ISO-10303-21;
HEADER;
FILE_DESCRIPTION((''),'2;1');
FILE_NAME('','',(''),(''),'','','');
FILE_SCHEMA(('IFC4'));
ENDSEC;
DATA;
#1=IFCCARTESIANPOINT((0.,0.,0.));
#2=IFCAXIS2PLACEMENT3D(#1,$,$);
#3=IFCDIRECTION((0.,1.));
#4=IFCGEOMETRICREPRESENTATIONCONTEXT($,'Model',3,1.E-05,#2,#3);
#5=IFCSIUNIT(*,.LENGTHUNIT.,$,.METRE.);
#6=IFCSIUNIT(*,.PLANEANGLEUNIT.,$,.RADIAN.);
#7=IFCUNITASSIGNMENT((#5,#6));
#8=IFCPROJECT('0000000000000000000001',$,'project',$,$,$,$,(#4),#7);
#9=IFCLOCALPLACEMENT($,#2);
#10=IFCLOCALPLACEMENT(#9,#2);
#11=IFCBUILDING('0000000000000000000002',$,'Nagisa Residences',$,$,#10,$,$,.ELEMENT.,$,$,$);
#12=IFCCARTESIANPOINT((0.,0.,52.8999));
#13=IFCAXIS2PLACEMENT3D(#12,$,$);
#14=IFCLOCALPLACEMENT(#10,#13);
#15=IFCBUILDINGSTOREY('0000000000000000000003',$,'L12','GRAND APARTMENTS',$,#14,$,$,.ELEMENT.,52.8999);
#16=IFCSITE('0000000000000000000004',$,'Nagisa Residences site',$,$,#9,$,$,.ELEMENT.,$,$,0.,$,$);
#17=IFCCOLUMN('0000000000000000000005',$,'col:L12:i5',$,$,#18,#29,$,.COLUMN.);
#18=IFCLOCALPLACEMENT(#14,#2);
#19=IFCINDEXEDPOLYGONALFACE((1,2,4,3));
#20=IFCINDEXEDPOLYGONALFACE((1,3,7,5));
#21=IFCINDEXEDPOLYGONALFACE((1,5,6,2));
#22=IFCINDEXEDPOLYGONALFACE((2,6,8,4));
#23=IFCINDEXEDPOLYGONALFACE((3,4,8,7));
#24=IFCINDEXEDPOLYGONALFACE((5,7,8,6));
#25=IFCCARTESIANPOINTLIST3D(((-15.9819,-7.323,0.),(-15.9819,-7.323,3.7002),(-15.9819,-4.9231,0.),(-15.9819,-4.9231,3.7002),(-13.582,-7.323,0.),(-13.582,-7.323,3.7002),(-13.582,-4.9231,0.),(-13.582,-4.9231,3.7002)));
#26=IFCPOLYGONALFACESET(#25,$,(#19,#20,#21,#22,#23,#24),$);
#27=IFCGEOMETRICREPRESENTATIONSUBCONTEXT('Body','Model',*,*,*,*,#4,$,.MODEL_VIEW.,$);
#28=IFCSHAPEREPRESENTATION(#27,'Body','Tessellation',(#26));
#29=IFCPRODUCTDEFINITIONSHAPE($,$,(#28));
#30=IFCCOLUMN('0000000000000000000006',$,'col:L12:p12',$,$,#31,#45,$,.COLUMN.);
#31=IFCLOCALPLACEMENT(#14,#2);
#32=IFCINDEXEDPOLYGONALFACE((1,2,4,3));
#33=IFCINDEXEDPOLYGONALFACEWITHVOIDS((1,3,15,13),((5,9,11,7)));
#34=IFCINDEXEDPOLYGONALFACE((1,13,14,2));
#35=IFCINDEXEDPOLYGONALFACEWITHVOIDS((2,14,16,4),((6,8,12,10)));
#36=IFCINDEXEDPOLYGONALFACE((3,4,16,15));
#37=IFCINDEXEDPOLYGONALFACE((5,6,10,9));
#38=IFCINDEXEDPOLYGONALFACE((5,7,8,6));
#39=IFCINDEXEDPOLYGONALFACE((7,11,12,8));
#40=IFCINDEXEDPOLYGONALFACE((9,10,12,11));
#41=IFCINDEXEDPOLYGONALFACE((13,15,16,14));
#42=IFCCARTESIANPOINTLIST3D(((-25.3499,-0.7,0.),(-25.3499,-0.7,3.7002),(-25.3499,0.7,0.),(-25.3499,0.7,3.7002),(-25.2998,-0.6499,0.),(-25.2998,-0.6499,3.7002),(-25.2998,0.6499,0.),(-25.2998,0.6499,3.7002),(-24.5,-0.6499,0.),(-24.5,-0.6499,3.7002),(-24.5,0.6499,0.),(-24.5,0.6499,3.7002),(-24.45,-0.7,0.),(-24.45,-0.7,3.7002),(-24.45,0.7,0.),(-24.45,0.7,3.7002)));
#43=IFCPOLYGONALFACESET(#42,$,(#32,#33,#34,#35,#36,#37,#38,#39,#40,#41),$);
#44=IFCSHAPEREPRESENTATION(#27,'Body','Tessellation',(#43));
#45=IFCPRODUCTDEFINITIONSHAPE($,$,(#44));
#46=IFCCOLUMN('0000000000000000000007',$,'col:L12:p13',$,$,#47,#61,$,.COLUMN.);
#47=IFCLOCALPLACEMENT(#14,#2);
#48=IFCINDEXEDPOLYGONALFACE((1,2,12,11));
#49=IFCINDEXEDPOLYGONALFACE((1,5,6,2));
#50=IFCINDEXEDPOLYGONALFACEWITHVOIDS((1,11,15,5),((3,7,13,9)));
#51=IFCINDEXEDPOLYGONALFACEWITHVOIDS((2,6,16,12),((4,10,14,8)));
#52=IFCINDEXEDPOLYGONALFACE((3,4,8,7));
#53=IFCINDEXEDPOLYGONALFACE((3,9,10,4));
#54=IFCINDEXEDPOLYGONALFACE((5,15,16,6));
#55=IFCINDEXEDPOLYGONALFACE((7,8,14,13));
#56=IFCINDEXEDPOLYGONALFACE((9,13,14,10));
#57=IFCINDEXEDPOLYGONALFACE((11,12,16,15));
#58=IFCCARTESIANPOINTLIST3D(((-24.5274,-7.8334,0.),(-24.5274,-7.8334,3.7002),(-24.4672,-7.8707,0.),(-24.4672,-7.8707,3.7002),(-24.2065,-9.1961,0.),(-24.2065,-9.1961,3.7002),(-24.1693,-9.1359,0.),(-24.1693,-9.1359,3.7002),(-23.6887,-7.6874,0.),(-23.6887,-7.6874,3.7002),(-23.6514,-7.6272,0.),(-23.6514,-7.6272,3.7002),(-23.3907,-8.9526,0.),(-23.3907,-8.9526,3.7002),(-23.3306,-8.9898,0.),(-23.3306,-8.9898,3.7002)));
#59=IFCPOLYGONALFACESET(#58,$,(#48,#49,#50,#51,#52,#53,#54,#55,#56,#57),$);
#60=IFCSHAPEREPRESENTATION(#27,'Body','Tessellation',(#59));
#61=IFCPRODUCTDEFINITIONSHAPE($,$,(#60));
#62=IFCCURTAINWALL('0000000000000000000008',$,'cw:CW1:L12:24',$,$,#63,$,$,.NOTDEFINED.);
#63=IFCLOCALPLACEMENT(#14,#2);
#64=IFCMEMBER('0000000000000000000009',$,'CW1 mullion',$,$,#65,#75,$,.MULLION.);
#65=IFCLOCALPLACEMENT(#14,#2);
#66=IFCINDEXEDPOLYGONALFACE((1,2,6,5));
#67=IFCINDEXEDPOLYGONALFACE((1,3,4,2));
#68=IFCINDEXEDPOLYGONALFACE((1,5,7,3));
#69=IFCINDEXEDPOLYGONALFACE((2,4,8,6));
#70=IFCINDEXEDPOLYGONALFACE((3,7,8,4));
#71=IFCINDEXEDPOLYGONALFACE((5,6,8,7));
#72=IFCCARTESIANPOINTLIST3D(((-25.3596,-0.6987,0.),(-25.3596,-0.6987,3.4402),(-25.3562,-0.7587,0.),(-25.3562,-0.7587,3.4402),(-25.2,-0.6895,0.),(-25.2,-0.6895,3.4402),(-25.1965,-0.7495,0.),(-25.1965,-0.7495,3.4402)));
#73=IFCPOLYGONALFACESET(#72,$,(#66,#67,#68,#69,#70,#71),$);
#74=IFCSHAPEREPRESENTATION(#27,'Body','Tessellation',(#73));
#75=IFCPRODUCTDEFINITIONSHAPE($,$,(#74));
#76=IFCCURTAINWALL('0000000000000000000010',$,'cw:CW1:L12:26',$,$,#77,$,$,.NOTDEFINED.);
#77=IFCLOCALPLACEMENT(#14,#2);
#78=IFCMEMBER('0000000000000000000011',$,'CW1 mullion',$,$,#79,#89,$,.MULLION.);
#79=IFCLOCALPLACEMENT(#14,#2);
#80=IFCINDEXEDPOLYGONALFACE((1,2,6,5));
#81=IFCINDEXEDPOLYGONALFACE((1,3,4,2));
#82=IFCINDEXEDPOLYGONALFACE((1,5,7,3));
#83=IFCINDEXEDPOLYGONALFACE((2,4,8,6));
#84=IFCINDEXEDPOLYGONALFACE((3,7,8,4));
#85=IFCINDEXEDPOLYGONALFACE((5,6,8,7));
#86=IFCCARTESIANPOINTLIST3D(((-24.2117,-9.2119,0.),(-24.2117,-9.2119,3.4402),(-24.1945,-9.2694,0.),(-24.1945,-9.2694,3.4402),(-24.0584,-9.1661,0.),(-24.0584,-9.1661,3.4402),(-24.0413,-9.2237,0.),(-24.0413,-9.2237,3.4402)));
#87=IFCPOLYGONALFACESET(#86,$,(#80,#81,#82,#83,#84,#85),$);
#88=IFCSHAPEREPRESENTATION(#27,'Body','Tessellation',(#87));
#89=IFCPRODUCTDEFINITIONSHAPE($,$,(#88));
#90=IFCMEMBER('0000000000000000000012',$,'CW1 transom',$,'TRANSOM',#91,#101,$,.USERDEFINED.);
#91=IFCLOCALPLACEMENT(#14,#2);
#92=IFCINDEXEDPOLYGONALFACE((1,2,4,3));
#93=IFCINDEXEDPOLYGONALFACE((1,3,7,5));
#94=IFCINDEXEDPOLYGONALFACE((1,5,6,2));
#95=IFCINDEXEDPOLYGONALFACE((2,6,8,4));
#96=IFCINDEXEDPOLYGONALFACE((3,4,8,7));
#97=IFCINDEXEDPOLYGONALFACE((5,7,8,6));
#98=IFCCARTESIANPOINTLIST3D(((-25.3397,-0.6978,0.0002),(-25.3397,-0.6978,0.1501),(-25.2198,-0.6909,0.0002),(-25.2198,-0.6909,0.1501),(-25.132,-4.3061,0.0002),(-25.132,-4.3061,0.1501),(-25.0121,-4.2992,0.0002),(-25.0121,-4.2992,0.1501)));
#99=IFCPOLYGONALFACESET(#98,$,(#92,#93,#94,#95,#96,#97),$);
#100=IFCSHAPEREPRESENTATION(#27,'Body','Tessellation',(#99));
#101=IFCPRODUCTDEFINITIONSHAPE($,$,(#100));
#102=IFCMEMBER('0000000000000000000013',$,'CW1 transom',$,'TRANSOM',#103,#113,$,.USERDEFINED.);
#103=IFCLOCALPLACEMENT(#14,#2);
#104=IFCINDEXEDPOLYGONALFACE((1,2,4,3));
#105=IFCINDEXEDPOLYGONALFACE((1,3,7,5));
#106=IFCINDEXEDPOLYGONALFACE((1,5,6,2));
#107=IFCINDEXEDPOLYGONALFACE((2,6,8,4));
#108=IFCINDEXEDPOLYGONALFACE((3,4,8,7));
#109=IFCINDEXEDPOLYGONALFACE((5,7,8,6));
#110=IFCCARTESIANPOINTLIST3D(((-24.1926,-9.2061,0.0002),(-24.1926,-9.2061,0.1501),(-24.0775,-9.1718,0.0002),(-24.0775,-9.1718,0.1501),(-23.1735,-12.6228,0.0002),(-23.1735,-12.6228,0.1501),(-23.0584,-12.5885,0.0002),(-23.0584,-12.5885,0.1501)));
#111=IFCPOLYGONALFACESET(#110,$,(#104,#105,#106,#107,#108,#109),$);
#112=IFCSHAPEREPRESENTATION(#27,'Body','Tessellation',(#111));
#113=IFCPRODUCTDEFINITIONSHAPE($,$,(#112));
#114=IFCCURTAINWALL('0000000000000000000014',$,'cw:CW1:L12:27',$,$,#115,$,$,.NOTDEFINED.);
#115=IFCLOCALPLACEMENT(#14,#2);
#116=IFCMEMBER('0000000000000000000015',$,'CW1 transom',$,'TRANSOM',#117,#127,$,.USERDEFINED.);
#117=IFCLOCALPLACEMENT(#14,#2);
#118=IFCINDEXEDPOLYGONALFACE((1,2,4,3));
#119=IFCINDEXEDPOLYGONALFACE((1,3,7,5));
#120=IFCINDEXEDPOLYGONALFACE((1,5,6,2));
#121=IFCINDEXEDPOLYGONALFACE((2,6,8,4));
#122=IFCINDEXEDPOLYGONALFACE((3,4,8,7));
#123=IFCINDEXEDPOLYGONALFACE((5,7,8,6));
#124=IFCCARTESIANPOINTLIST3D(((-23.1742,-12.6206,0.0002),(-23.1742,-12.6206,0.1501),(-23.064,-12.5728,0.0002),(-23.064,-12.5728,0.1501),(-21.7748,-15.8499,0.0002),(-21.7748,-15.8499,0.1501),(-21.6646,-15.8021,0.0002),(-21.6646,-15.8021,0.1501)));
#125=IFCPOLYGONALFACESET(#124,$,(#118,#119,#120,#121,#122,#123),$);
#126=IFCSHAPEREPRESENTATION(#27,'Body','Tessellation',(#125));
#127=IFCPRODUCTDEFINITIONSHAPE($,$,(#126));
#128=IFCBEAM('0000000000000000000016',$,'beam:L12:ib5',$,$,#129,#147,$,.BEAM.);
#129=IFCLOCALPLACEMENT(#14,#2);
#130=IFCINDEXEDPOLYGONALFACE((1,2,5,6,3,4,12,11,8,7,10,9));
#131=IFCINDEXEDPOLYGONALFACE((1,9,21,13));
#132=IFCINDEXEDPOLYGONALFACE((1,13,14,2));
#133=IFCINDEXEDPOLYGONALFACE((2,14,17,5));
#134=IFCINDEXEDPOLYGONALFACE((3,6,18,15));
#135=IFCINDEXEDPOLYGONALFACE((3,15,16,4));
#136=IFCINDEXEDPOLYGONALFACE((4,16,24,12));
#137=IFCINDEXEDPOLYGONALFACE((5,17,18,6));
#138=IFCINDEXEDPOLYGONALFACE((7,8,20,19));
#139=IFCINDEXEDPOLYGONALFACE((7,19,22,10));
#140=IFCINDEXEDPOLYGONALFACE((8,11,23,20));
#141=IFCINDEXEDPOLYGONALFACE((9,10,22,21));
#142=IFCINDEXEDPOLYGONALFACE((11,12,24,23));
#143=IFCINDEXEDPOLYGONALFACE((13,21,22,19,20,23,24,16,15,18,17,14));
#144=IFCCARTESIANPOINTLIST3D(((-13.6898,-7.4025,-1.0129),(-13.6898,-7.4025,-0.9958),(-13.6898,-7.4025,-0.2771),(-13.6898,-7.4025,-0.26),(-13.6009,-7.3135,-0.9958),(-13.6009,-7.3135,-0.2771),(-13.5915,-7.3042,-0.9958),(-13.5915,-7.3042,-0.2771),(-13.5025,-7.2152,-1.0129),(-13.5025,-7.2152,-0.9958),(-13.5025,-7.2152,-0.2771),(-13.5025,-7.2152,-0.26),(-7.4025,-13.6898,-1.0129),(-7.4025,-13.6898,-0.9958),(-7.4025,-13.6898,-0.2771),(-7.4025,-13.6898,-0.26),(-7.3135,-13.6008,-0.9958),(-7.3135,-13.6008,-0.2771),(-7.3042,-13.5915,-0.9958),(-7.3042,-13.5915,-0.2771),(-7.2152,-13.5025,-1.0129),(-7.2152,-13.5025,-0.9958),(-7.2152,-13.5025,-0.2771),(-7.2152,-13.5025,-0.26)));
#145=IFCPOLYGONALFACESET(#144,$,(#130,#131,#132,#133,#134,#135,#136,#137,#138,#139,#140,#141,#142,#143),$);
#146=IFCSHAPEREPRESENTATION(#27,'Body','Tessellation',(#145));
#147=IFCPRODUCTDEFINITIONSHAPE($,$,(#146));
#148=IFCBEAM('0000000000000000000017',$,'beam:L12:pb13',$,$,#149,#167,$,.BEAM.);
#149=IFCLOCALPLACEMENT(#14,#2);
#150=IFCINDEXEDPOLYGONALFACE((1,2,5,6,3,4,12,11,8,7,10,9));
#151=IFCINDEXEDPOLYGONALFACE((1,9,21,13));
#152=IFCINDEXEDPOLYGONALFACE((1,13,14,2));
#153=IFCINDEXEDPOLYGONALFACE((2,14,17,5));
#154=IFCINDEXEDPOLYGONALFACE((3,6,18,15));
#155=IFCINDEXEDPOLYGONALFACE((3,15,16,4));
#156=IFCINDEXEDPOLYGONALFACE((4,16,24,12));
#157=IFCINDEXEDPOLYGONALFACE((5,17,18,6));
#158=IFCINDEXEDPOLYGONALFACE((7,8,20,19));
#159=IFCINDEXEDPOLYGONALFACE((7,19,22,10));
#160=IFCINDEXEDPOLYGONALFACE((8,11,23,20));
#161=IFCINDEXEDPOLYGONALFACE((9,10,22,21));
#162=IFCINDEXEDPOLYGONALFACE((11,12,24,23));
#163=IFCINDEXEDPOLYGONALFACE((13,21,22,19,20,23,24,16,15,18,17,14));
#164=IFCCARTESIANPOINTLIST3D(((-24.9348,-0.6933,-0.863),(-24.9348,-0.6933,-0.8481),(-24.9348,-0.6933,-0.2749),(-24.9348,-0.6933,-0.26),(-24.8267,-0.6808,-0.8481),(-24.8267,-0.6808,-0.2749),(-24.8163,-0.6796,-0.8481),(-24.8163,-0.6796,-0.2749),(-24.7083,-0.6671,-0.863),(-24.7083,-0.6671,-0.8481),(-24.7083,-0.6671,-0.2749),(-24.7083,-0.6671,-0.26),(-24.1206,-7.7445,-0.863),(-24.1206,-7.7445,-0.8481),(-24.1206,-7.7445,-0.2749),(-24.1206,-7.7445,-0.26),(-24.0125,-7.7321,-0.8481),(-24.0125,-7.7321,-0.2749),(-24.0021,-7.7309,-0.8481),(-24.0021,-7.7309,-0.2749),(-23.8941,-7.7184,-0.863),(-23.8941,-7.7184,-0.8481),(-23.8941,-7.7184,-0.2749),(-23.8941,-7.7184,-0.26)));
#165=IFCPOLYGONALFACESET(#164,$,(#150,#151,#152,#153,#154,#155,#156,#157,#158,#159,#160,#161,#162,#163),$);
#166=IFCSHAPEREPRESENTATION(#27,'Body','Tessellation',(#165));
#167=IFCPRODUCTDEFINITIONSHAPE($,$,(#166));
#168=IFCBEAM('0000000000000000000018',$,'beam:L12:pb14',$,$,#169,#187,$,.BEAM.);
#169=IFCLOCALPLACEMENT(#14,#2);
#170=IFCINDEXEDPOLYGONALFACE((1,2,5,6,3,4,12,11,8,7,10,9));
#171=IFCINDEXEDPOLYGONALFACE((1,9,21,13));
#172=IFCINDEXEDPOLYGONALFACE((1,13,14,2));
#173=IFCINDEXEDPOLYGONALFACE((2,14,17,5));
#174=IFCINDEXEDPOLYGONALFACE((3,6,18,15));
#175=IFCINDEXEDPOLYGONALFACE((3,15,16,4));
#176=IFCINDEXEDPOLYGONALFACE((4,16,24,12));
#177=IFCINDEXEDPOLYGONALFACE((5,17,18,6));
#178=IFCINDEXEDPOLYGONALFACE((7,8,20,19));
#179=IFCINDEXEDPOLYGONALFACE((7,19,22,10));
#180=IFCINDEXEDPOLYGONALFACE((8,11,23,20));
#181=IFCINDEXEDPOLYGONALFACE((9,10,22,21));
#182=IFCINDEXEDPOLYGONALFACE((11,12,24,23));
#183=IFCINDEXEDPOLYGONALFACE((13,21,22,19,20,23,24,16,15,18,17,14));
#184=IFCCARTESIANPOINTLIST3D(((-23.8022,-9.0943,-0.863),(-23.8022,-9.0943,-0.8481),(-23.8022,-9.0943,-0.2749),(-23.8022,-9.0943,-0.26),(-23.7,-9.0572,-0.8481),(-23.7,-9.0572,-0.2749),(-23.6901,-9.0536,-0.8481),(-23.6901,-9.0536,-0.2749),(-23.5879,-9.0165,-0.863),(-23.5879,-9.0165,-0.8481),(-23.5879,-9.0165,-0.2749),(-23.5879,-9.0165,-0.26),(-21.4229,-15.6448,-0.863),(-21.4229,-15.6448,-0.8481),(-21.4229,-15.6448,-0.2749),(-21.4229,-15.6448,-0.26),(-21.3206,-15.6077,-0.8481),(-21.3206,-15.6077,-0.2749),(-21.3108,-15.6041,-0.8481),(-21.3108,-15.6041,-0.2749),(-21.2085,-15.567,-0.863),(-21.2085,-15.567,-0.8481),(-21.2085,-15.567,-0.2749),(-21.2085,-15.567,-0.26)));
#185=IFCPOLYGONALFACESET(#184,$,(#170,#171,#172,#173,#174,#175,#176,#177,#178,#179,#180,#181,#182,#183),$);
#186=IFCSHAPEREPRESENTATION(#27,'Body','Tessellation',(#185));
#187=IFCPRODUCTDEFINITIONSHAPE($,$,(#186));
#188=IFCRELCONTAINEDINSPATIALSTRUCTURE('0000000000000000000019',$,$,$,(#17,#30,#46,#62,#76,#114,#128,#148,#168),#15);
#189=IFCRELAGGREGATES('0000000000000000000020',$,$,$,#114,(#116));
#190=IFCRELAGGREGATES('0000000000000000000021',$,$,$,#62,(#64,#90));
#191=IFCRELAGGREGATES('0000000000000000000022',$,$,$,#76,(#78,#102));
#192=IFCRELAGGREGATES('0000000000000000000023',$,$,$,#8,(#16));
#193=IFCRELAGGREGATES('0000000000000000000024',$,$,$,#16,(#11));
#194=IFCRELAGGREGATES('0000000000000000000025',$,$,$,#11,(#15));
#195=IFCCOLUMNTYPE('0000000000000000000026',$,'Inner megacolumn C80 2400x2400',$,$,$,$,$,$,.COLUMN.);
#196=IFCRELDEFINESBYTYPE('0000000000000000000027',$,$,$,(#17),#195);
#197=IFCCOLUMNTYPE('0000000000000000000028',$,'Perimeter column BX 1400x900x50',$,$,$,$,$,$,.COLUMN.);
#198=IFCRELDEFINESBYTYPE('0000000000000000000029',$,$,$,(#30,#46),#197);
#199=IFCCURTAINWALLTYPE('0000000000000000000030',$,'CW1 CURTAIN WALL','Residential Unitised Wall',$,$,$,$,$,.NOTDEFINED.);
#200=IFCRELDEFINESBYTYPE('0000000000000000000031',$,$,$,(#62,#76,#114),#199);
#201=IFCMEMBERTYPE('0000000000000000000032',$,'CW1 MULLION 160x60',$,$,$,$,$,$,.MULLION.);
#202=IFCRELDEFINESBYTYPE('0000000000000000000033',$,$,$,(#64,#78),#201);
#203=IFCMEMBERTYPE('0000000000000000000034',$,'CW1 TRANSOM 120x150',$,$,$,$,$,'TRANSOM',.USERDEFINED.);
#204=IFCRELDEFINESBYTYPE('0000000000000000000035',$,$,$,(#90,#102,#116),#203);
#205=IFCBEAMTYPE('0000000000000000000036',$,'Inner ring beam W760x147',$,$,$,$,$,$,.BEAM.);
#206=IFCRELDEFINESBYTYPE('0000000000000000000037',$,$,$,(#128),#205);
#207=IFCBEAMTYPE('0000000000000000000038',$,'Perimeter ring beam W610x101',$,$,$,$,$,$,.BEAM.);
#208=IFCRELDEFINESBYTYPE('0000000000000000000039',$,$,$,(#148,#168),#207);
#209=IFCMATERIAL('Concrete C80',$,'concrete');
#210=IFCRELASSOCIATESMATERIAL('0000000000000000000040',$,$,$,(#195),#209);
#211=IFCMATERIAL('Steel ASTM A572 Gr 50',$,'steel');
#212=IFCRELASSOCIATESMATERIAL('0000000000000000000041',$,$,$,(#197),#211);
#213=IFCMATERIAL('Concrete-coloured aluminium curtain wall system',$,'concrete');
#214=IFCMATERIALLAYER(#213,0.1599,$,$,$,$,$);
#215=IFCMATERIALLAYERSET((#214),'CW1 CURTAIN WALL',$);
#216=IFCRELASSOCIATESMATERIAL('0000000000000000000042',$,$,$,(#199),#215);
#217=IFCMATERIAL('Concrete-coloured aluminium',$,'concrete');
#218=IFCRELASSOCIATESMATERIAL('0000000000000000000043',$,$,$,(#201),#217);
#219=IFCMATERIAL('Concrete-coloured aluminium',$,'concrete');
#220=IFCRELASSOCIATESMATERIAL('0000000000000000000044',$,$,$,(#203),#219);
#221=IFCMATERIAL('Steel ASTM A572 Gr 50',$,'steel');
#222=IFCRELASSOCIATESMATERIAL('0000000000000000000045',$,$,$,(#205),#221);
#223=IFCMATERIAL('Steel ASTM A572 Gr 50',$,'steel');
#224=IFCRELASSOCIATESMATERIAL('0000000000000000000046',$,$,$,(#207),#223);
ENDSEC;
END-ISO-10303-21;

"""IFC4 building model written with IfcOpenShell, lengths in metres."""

from ifc_helpers import new_model, si_unit, direction, frame, origin, origin_2d, place, context, subcontext, project, spatial, rectangle, hollow_rectangle, i_section, extrude, material, layer, layer_set, material_profile, profile_set, type_object, element, aggregate, save


model = new_model("IFC4")

# Units and contexts
model_context = context("Model", 3, precision=1e-05, world=origin(), true_north=direction((0.0, 1.0)))
body_context = subcontext(model_context, "Body", "Model", "MODEL_VIEW")
ifc_project = project(units=[si_unit("LENGTHUNIT", "METRE"), si_unit("PLANEANGLEUNIT", "RADIAN")], contexts=[model_context])

# Site, building, storey
site_placement = place(None, origin())
site = spatial("IfcSite", under=ifc_project, at=site_placement, Name="Nagisa Residences site", CompositionType="ELEMENT", RefElevation=0.0)
building_placement = place(site_placement, origin())
building = spatial("IfcBuilding", under=site, at=building_placement, Name="Nagisa Residences", CompositionType="ELEMENT")
storey_placement = place(building_placement, frame((0.0, 0.0, 52.8999)))
storey = spatial("IfcBuildingStorey", under=building, at=storey_placement, Name="L12", Description="GRAND APARTMENTS", CompositionType="ELEMENT", Elevation=52.8999)

# Columns
ifc_material_1 = material(Name="Concrete C80", Category="concrete")
ifc_material_profile_1 = material_profile(ifc_material_1, rectangle(XDim=2.3999, YDim=2.3999, at=origin_2d()), Name="C80 2400x2400")
ifc_profile_set_1 = profile_set([ifc_material_profile_1], Name="Concrete C80")
column_type_1 = type_object("IfcColumnType", Name="Inner megacolumn C80 2400x2400", PredefinedType="COLUMN", material=ifc_profile_set_1)
column_placement = place(storey_placement, frame((-14.782, -6.123, 0.0), z_axis=(0.0, 0.0, 1.0), x_axis=(1.0, 0.0, 0.0)))
element("IfcColumn", 1, at=column_placement, inside=storey, type_object=column_type_1, Name="col:L12:i5", PredefinedType="COLUMN", context=body_context, shape_type="SweptSolid", body=[
    extrude(rectangle(XDim=2.3999, YDim=2.3999, at=origin_2d()), origin(), (0.0, 0.0, 1.0), 3.7002),
])
ifc_material_2 = material(Name="Steel ASTM A572 Gr 50", Category="steel")
ifc_material_profile_2 = material_profile(ifc_material_2, hollow_rectangle(XDim=1.3999, YDim=0.8999, WallThickness=0.05, at=origin_2d()), Name="BX 1400x900x50")
ifc_profile_set_2 = profile_set([ifc_material_profile_2], Name="Steel ASTM A572 Gr 50")
column_type_2 = type_object("IfcColumnType", Name="Perimeter column BX 1400x900x50", PredefinedType="COLUMN", material=ifc_profile_set_2)
for number, where, z_axis, x_axis, name in (
    (2, (-24.8999, 0.0, 0.0), (0.0, 0.0, 1.0), (0.0, -1.0, 0.0), "col:L12:p12"),
    (3, (-23.929, -8.4116, 0.0), (0.0, 0.0, 1.0), (0.229202, -0.973379, 0.0), "col:L12:p13"),
):
    element("IfcColumn", number, at=place(storey_placement, frame(where, z_axis=z_axis, x_axis=x_axis)), inside=storey, type_object=column_type_2, Name=name, PredefinedType="COLUMN", context=body_context, shape_type="SweptSolid", body=[
        extrude(hollow_rectangle(XDim=1.3999, YDim=0.8999, WallThickness=0.05, at=origin_2d()), origin(), (0.0, 0.0, 1.0), 3.7002),
    ])

# Curtain walls, members
ifc_material_3 = material(Name="Concrete-coloured aluminium curtain wall system", Category="concrete")
ifc_layer_1 = layer(ifc_material_3, 0.1599)
ifc_layer_set_1 = layer_set([ifc_layer_1], Name="CW1 CURTAIN WALL")
curtain_wall_type = type_object("IfcCurtainWallType", Name="CW1 CURTAIN WALL", Description="Residential Unitised Wall", PredefinedType="NOTDEFINED", material=ifc_layer_set_1)
curtain_wall_1_placement = place(storey_placement, origin())
curtain_wall_1 = element("IfcCurtainWall", 4, at=curtain_wall_1_placement, inside=storey, type_object=curtain_wall_type, Name="cw:CW1:L12:24", PredefinedType="NOTDEFINED")
ifc_material_4 = material(Name="Concrete-coloured aluminium", Category="concrete")
ifc_material_profile_3 = material_profile(ifc_material_4, rectangle(XDim=0.1599, YDim=0.0601, at=origin_2d()), Name="CW1 MULLION 160x60")
ifc_profile_set_3 = profile_set([ifc_material_profile_3], Name="Concrete-coloured aluminium")
member_type_1 = type_object("IfcMemberType", Name="CW1 MULLION 160x60", PredefinedType="MULLION", material=ifc_profile_set_3)
member_1_placement = place(storey_placement, frame((-25.2781, -0.7241, 0.0), z_axis=(0.0, 0.0, 1.0), x_axis=(0.998345, 0.057503, 0.0)))
member_1 = element("IfcMember", 5, at=member_1_placement, type_object=member_type_1, Name="CW1 mullion", PredefinedType="MULLION", context=body_context, shape_type="SweptSolid", body=[
    extrude(rectangle(XDim=0.1599, YDim=0.0601, at=origin_2d()), origin(), (0.0, 0.0, 1.0), 3.4402),
])
curtain_wall_2_placement = place(storey_placement, origin())
curtain_wall_2 = element("IfcCurtainWall", 6, at=curtain_wall_2_placement, inside=storey, type_object=curtain_wall_type, Name="cw:CW1:L12:26", PredefinedType="NOTDEFINED")
member_2_placement = place(storey_placement, frame((-24.1265, -9.2178, 0.0), z_axis=(0.0, 0.0, 1.0), x_axis=(0.958271, 0.28586, 0.0)))
member_2 = element("IfcMember", 7, at=member_2_placement, type_object=member_type_1, Name="CW1 mullion", PredefinedType="MULLION", context=body_context, shape_type="SweptSolid", body=[
    extrude(rectangle(XDim=0.1599, YDim=0.0601, at=origin_2d()), origin(), (0.0, 0.0, 1.0), 3.4402),
])

# Members
ifc_material_5 = material(Name="Concrete-coloured aluminium", Category="concrete")
ifc_material_profile_4 = material_profile(ifc_material_5, rectangle(XDim=0.1201, YDim=0.1499, at=origin_2d()), Name="CW1 TRANSOM 120x150")
ifc_profile_set_4 = profile_set([ifc_material_profile_4], Name="Concrete-coloured aluminium")
member_type_2 = type_object("IfcMemberType", Name="CW1 TRANSOM 120x150", ElementType="TRANSOM", PredefinedType="USERDEFINED", material=ifc_profile_set_4)
member_3_placement = place(storey_placement, frame((-25.2798, -0.6943, 0.0752), z_axis=(0.057483, -0.998347, 0.0), x_axis=(0.998347, 0.057483, 0.0)))
member_3 = element("IfcMember", 8, at=member_3_placement, type_object=member_type_2, Name="CW1 transom", ObjectType="TRANSOM", PredefinedType="USERDEFINED", context=body_context, shape_type="SweptSolid", body=[
    extrude(rectangle(XDim=0.1201, YDim=0.1499, at=origin_2d()), origin(), (0.0, 0.0, 1.0), 3.6143),
])
member_4_placement = place(storey_placement, frame((-24.135, -9.189, 0.0752), z_axis=(0.285808, -0.958287, 0.0), x_axis=(0.958287, 0.285808, 0.0)))
member_4 = element("IfcMember", 9, at=member_4_placement, type_object=member_type_2, Name="CW1 transom", ObjectType="TRANSOM", PredefinedType="USERDEFINED", context=body_context, shape_type="SweptSolid", body=[
    extrude(rectangle(XDim=0.1201, YDim=0.1499, at=origin_2d()), origin(), (0.0, 0.0, 1.0), 3.5654),
])

# Curtain wall, member
curtain_wall_3_placement = place(storey_placement, origin())
curtain_wall_3 = element("IfcCurtainWall", 10, at=curtain_wall_3_placement, inside=storey, type_object=curtain_wall_type, Name="cw:CW1:L12:27", PredefinedType="NOTDEFINED")
member_5_placement = place(storey_placement, frame((-23.1191, -12.5967, 0.0752), z_axis=(0.397625, -0.917548, 0.0), x_axis=(0.917548, 0.397625, 0.0)))
member_5 = element("IfcMember", 11, at=member_5_placement, type_object=member_type_2, Name="CW1 transom", ObjectType="TRANSOM", PredefinedType="USERDEFINED", context=body_context, shape_type="SweptSolid", body=[
    extrude(rectangle(XDim=0.1201, YDim=0.1499, at=origin_2d()), origin(), (0.0, 0.0, 1.0), 3.5195),
])
aggregate(curtain_wall_3, [member_5])

# Beams
ifc_material_6 = material(Name="Steel ASTM A572 Gr 50", Category="steel")
ifc_material_profile_5 = material_profile(ifc_material_6, i_section(OverallWidth=0.2649, OverallDepth=0.7529, WebThickness=0.0132, FlangeThickness=0.0171, at=origin_2d()), Name="W760x147")
ifc_profile_set_5 = profile_set([ifc_material_profile_5], Name="Steel ASTM A572 Gr 50")
beam_type_1 = type_object("IfcBeamType", Name="Inner ring beam W760x147", PredefinedType="BEAM", material=ifc_profile_set_5)
beam_1_placement = place(storey_placement, frame((-13.5962, -7.3088, -0.6365), z_axis=(0.707107, -0.707107, 0.0), x_axis=(0.707107, 0.707107, 0.0)))
element("IfcBeam", 12, at=beam_1_placement, inside=storey, type_object=beam_type_1, Name="beam:L12:ib5", PredefinedType="BEAM", context=body_context, shape_type="SweptSolid", body=[
    extrude(i_section(OverallWidth=0.2649, OverallDepth=0.7529, WebThickness=0.0132, FlangeThickness=0.0171, at=origin_2d()), origin(), (0.0, 0.0, 1.0), 8.8916),
])
ifc_material_7 = material(Name="Steel ASTM A572 Gr 50", Category="steel")
ifc_material_profile_6 = material_profile(ifc_material_7, i_section(OverallWidth=0.228, OverallDepth=0.603, WebThickness=0.0105, FlangeThickness=0.0149, at=origin_2d()), Name="W610x101")
ifc_profile_set_6 = profile_set([ifc_material_profile_6], Name="Steel ASTM A572 Gr 50")
beam_type_2 = type_object("IfcBeamType", Name="Perimeter ring beam W610x101", PredefinedType="BEAM", material=ifc_profile_set_6)
beam_2_placement = place(storey_placement, frame((-24.8215, -0.6802, -0.5615), z_axis=(0.114708, -0.993399, 0.0), x_axis=(0.993399, 0.114708, 0.0)))
element("IfcBeam", 13, at=beam_2_placement, inside=storey, type_object=beam_type_2, Name="beam:L12:pb13", PredefinedType="BEAM", context=body_context, shape_type="SweptSolid", body=[
    extrude(i_section(OverallWidth=0.228, OverallDepth=0.603, WebThickness=0.0105, FlangeThickness=0.0149, at=origin_2d()), origin(), (0.0, 0.0, 1.0), 7.0981),
])
beam_3_placement = place(storey_placement, frame((-23.6951, -9.0554, -0.5615), z_axis=(0.341411, -0.939914, 0.0), x_axis=(0.939914, 0.341411, 0.0)))
element("IfcBeam", 14, at=beam_3_placement, inside=storey, type_object=beam_type_2, Name="beam:L12:pb14", PredefinedType="BEAM", context=body_context, shape_type="SweptSolid", body=[
    extrude(i_section(OverallWidth=0.228, OverallDepth=0.603, WebThickness=0.0105, FlangeThickness=0.0149, at=origin_2d()), origin(), (0.0, 0.0, 1.0), 6.9692),
])

aggregate(curtain_wall_1, [member_1, member_3])
aggregate(curtain_wall_2, [member_2, member_4])

save(model, "model.ifc")
